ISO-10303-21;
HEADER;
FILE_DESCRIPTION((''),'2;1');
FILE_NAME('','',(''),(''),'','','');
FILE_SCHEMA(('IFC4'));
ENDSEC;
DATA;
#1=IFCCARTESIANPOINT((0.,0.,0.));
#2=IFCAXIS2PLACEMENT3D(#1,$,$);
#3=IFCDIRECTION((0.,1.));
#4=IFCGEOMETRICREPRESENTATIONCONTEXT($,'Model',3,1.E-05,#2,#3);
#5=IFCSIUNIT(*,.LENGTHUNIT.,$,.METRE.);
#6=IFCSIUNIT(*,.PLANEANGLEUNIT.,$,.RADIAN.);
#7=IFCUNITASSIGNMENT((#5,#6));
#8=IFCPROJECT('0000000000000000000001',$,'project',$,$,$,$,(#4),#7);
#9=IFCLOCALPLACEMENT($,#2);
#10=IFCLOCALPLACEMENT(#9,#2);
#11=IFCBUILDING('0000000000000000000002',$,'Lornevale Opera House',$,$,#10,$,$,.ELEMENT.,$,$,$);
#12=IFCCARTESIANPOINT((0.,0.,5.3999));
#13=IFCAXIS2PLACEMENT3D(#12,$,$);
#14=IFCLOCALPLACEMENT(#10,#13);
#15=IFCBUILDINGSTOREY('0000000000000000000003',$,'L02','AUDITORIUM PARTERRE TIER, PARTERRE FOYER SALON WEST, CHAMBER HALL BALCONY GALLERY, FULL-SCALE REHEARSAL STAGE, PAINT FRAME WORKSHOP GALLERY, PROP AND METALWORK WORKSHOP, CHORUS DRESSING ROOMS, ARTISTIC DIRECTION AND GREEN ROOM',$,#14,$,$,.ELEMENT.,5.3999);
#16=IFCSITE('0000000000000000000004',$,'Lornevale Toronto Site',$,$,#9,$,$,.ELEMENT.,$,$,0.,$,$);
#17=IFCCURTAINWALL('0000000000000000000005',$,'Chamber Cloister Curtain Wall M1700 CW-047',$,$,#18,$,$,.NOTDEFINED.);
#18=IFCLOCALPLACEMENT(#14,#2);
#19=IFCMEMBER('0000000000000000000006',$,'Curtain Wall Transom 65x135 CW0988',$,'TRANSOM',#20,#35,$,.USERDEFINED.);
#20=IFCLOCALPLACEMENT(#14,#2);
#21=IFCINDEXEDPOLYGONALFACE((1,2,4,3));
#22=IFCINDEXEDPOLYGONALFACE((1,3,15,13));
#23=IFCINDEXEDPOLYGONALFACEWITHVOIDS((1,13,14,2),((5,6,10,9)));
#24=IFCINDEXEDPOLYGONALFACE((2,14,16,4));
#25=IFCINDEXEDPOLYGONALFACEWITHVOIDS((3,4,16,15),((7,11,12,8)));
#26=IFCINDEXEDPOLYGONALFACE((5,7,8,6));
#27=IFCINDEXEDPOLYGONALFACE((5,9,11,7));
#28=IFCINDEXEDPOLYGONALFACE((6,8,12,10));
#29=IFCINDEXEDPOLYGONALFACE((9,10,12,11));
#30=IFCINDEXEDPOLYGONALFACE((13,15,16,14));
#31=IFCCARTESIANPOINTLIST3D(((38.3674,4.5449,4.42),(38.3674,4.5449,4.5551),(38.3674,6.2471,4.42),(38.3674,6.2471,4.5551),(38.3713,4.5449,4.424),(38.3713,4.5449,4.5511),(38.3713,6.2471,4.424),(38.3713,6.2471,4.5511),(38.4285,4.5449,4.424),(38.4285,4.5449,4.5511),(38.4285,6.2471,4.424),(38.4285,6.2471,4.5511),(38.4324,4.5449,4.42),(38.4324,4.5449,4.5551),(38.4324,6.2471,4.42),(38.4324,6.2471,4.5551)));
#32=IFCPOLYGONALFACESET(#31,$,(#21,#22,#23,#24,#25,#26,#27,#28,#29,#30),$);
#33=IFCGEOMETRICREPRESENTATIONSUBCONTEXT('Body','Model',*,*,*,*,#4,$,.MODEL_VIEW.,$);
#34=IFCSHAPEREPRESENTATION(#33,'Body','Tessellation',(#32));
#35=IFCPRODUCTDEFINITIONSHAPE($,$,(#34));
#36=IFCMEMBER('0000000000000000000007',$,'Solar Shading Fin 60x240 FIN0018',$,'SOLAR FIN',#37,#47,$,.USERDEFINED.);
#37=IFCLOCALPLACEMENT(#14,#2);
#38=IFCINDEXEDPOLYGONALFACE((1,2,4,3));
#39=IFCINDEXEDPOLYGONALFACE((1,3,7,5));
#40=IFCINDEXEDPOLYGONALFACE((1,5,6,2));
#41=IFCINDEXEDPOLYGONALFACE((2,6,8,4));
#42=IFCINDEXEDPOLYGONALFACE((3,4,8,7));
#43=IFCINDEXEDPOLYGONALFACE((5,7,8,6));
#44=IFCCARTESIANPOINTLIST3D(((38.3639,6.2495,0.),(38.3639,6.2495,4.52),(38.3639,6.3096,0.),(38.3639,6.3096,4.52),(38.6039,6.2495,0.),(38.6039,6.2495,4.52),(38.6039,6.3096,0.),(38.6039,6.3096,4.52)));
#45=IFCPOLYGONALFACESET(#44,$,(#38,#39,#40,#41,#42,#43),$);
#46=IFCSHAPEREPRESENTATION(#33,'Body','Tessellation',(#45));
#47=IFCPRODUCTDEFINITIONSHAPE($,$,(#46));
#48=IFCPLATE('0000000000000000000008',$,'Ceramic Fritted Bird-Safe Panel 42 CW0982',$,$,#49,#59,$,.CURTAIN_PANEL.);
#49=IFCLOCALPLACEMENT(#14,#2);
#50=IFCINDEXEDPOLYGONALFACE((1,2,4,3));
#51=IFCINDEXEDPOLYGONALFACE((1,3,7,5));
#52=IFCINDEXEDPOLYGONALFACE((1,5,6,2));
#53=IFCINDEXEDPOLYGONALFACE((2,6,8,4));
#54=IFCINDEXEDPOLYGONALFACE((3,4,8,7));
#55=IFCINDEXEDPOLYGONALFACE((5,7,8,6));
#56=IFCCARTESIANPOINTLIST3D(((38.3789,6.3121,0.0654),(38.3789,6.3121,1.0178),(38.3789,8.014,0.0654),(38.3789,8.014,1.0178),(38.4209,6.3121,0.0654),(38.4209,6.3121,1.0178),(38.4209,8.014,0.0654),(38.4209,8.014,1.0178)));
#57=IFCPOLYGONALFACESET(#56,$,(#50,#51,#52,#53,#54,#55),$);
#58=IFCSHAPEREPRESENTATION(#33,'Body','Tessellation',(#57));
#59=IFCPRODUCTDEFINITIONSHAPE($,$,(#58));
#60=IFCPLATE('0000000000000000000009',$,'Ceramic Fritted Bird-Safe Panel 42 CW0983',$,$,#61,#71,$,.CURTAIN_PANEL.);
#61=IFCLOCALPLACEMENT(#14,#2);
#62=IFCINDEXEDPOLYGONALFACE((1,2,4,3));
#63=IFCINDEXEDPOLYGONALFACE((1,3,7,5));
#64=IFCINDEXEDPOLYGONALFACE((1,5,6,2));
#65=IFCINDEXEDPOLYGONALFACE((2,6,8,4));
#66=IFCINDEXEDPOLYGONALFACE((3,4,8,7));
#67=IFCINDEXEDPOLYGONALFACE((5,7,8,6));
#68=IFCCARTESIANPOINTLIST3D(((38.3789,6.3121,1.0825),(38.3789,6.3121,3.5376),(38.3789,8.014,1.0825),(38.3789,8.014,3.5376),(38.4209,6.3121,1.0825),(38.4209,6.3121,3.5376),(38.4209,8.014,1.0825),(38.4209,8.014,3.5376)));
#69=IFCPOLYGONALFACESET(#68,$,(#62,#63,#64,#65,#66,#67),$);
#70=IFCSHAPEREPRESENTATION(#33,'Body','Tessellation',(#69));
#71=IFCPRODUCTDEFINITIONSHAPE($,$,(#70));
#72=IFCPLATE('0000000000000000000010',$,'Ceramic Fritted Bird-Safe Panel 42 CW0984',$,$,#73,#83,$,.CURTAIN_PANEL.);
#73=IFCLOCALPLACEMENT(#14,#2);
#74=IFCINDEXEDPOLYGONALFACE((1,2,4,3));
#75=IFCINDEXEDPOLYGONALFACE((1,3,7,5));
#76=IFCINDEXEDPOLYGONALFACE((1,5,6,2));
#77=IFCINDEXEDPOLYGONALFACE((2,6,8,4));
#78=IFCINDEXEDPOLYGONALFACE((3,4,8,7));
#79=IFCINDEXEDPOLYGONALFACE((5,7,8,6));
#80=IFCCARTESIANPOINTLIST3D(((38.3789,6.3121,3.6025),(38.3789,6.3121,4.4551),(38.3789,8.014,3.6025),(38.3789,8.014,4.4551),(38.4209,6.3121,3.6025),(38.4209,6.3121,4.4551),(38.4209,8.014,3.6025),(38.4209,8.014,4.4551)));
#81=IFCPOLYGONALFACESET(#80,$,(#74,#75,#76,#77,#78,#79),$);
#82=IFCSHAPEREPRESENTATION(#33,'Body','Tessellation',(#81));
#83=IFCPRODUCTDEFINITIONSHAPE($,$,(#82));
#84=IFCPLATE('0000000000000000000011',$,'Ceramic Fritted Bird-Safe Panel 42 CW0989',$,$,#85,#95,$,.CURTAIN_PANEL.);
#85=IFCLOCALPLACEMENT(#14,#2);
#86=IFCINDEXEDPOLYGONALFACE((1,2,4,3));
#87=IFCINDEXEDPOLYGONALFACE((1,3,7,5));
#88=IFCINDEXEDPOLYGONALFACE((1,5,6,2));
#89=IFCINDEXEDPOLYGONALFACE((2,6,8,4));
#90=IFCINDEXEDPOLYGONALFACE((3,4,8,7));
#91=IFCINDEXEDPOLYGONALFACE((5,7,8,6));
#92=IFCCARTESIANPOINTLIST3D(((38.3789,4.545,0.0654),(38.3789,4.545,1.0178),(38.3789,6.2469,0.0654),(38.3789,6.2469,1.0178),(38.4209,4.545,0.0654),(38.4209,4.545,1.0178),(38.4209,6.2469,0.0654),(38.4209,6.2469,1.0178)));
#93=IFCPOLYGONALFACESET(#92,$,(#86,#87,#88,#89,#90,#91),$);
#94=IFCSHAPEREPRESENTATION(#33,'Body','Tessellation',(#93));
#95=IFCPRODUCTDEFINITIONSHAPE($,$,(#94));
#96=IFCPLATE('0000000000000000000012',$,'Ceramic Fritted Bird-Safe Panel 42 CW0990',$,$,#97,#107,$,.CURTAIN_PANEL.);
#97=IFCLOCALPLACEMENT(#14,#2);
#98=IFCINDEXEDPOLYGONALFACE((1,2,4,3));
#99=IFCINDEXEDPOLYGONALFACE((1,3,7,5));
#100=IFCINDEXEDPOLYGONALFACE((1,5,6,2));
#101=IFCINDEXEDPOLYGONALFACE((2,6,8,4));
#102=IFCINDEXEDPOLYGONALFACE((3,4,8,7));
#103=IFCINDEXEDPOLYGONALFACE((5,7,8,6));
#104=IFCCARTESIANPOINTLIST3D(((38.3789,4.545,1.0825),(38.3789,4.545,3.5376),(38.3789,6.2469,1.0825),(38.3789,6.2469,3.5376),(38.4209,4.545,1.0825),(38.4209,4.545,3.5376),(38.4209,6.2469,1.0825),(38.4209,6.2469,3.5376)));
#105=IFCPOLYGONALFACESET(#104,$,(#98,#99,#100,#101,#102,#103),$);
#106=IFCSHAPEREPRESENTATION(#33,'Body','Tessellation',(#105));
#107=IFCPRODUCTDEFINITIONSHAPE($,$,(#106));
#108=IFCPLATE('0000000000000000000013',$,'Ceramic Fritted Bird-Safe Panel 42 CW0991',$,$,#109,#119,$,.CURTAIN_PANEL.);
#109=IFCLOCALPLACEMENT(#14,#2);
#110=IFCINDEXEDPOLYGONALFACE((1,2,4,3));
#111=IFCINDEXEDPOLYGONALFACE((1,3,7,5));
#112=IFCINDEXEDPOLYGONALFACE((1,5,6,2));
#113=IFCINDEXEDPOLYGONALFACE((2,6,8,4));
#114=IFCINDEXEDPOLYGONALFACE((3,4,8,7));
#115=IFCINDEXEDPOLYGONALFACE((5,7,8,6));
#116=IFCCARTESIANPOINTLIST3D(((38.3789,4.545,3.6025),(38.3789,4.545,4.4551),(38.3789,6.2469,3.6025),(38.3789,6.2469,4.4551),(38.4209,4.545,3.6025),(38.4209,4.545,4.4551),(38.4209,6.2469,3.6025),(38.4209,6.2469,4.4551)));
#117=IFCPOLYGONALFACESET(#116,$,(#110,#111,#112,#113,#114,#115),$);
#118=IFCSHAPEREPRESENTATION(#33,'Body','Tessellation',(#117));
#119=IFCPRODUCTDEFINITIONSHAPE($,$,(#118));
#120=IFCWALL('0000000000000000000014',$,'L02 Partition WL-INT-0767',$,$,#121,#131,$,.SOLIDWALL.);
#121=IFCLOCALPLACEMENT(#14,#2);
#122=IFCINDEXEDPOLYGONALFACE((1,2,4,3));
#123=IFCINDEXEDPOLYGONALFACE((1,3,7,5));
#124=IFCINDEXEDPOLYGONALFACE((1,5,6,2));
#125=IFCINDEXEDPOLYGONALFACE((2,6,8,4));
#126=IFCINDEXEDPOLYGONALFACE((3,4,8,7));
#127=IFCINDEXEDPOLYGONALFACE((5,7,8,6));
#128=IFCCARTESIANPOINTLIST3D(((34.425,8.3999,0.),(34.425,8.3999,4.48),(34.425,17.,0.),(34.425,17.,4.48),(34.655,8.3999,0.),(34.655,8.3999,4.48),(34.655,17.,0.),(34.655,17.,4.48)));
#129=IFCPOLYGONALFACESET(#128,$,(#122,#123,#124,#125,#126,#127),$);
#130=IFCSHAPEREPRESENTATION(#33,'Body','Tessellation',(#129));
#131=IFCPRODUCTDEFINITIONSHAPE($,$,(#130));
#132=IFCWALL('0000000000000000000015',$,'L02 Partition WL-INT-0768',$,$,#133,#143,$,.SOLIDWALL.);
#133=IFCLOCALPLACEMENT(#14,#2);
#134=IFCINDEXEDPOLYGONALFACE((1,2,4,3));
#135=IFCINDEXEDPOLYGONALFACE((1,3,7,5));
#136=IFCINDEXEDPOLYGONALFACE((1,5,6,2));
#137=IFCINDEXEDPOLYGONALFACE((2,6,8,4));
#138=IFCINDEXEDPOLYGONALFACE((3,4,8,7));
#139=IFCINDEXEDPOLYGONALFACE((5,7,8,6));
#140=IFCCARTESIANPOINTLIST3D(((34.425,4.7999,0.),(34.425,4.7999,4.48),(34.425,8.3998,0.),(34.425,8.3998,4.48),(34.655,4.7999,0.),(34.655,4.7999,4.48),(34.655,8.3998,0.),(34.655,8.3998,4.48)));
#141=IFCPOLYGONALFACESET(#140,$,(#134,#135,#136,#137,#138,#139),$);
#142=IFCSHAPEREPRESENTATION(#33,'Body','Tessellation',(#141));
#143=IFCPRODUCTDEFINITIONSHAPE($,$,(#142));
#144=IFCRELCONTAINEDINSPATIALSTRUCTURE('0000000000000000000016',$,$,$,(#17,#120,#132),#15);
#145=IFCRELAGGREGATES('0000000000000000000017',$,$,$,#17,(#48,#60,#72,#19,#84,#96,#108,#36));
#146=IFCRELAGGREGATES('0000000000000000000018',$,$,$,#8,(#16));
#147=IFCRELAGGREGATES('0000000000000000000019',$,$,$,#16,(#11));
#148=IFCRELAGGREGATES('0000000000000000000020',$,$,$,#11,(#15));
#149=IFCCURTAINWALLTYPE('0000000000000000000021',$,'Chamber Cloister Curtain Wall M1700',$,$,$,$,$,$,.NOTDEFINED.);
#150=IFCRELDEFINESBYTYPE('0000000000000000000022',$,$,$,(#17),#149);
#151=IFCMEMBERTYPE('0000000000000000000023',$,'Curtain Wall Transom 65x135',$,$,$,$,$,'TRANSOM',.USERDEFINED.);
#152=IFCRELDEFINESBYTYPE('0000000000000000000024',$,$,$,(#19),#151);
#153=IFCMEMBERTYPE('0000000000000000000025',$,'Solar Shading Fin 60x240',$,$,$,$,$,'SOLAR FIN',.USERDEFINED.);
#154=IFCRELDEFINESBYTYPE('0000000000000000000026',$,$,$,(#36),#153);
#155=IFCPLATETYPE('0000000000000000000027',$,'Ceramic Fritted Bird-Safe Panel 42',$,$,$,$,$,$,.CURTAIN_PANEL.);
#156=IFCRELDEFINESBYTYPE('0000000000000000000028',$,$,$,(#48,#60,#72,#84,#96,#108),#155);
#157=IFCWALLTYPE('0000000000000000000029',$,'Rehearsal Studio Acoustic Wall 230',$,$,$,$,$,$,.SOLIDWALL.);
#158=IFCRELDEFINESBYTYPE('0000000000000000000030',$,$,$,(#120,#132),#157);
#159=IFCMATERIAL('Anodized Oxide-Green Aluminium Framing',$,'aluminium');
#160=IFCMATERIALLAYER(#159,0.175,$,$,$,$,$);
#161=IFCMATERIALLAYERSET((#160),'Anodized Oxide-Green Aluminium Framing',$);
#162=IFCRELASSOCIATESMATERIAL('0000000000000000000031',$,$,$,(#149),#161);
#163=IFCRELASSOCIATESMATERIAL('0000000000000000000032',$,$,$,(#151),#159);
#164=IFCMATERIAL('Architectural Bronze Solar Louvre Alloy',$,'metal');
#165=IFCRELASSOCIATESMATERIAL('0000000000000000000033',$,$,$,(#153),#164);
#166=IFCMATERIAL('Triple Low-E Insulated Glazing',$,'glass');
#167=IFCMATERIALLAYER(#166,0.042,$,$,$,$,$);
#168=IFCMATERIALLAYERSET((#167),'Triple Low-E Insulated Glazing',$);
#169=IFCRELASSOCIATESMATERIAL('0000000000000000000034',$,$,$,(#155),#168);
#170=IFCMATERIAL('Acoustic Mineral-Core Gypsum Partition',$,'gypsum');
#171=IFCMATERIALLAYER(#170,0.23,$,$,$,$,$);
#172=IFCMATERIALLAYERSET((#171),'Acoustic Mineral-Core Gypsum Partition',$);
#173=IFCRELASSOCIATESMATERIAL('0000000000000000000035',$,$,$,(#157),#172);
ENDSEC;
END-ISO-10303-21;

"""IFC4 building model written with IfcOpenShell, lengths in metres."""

from ifc_helpers import new_model, si_unit, direction, frame, frame_2d, origin, origin_2d, place, context, subcontext, project, spatial, rectangle, hollow_rectangle, extrude, material, layer, layer_set, material_profile, profile_set, type_object, element, aggregate, save


model = new_model("IFC4")

# Units and contexts
model_context = context("Model", 3, precision=1e-05, world=origin(), true_north=direction((0.0, 1.0)))
body_context = subcontext(model_context, "Body", "Model", "MODEL_VIEW")
ifc_project = project(units=[si_unit("LENGTHUNIT", "METRE"), si_unit("PLANEANGLEUNIT", "RADIAN")], contexts=[model_context])

# Site, building, storey
site_placement = place(None, origin())
site = spatial("IfcSite", under=ifc_project, at=site_placement, Name="Lornevale Toronto Site", CompositionType="ELEMENT", RefElevation=0.0)
building_placement = place(site_placement, origin())
building = spatial("IfcBuilding", under=site, at=building_placement, Name="Lornevale Opera House", CompositionType="ELEMENT")
storey_placement = place(building_placement, frame((0.0, 0.0, 5.3999)))
storey = spatial("IfcBuildingStorey", under=building, at=storey_placement, Name="L02", Description="AUDITORIUM PARTERRE TIER, PARTERRE FOYER SALON WEST, CHAMBER HALL BALCONY GALLERY, FULL-SCALE REHEARSAL STAGE, PAINT FRAME WORKSHOP GALLERY, PROP AND METALWORK WORKSHOP, CHORUS DRESSING ROOMS, ARTISTIC DIRECTION AND GREEN ROOM", CompositionType="ELEMENT", Elevation=5.3999)

# Curtain wall, members, plates
ifc_material_1 = material(Name="Anodized Oxide-Green Aluminium Framing", Category="aluminium")
ifc_layer_1 = layer(ifc_material_1, 0.175)
ifc_layer_set_1 = layer_set([ifc_layer_1], Name="Anodized Oxide-Green Aluminium Framing")
curtain_wall_type = type_object("IfcCurtainWallType", Name="Chamber Cloister Curtain Wall M1700", PredefinedType="NOTDEFINED", material=ifc_layer_set_1)
curtain_wall_placement = place(storey_placement, origin())
curtain_wall = element("IfcCurtainWall", 1, at=curtain_wall_placement, inside=storey, type_object=curtain_wall_type, Name="Chamber Cloister Curtain Wall M1700 CW-047", PredefinedType="NOTDEFINED")
ifc_material_profile_1 = material_profile(ifc_material_1, hollow_rectangle(XDim=0.0649, YDim=0.135, WallThickness=0.0039, at=origin_2d()), Name="ALU65x135x4")
ifc_profile_set_1 = profile_set([ifc_material_profile_1], Name="Anodized Oxide-Green Aluminium Framing")
member_type_1 = type_object("IfcMemberType", Name="Curtain Wall Transom 65x135", ElementType="TRANSOM", PredefinedType="USERDEFINED", material=ifc_profile_set_1)
member_1_placement = place(storey_placement, frame((38.3999, 6.2471, 4.4875), z_axis=(0.0, -1.0, 0.0), x_axis=(1.0, 0.0, 0.0)))
member_1 = element("IfcMember", 2, at=member_1_placement, type_object=member_type_1, Name="Curtain Wall Transom 65x135 CW0988", ObjectType="TRANSOM", PredefinedType="USERDEFINED", context=body_context, shape_type="SweptSolid", body=[
    extrude(hollow_rectangle(XDim=0.0649, YDim=0.135, WallThickness=0.0039, at=origin_2d()), origin(), (0.0, 0.0, 1.0), 1.7021),
])
ifc_material_2 = material(Name="Architectural Bronze Solar Louvre Alloy", Category="metal")
ifc_material_profile_2 = material_profile(ifc_material_2, rectangle(XDim=0.0601, YDim=0.24, at=origin_2d()), Name="FIN60x240")
ifc_profile_set_2 = profile_set([ifc_material_profile_2], Name="Architectural Bronze Solar Louvre Alloy")
member_type_2 = type_object("IfcMemberType", Name="Solar Shading Fin 60x240", ElementType="SOLAR FIN", PredefinedType="USERDEFINED", material=ifc_profile_set_2)
member_2_placement = place(storey_placement, frame((38.4839, 6.2795, 0.0), z_axis=(0.0, 0.0, 1.0), x_axis=(0.0, -1.0, 0.0)))
member_2 = element("IfcMember", 3, at=member_2_placement, type_object=member_type_2, Name="Solar Shading Fin 60x240 FIN0018", ObjectType="SOLAR FIN", PredefinedType="USERDEFINED", context=body_context, shape_type="SweptSolid", body=[
    extrude(rectangle(XDim=0.0601, YDim=0.24, at=origin_2d()), origin(), (0.0, 0.0, 1.0), 4.52),
])
ifc_material_3 = material(Name="Triple Low-E Insulated Glazing", Category="glass")
ifc_layer_2 = layer(ifc_material_3, 0.042)
ifc_layer_set_2 = layer_set([ifc_layer_2], Name="Triple Low-E Insulated Glazing")
plate_type = type_object("IfcPlateType", Name="Ceramic Fritted Bird-Safe Panel 42", PredefinedType="CURTAIN_PANEL", material=ifc_layer_set_2)
plate_1_placement = place(storey_placement, frame((38.3999, 7.1631, 0.0654), z_axis=(0.0, 0.0, 1.0), x_axis=(0.0, -1.0, 0.0)))
plate_1 = element("IfcPlate", 4, at=plate_1_placement, type_object=plate_type, Name="Ceramic Fritted Bird-Safe Panel 42 CW0982", PredefinedType="CURTAIN_PANEL", context=body_context, shape_type="SweptSolid", body=[
    extrude(rectangle(XDim=1.7019, YDim=0.042, at=origin_2d()), origin(), (0.0, 0.0, 1.0), 0.9524),
])
plate_2_placement = place(storey_placement, frame((38.3999, 7.1631, 1.0825), z_axis=(0.0, 0.0, 1.0), x_axis=(0.0, -1.0, 0.0)))
plate_2 = element("IfcPlate", 5, at=plate_2_placement, type_object=plate_type, Name="Ceramic Fritted Bird-Safe Panel 42 CW0983", PredefinedType="CURTAIN_PANEL", context=body_context, shape_type="SweptSolid", body=[
    extrude(rectangle(XDim=1.7019, YDim=0.042, at=origin_2d()), origin(), (0.0, 0.0, 1.0), 2.4551),
])
plate_3_placement = place(storey_placement, frame((38.3999, 7.1631, 3.6025), z_axis=(0.0, 0.0, 1.0), x_axis=(0.0, -1.0, 0.0)))
plate_3 = element("IfcPlate", 6, at=plate_3_placement, type_object=plate_type, Name="Ceramic Fritted Bird-Safe Panel 42 CW0984", PredefinedType="CURTAIN_PANEL", context=body_context, shape_type="SweptSolid", body=[
    extrude(rectangle(XDim=1.7019, YDim=0.042, at=origin_2d()), origin(), (0.0, 0.0, 1.0), 0.8525),
])
plate_4_placement = place(storey_placement, frame((38.3999, 5.396, 0.0654), z_axis=(0.0, 0.0, 1.0), x_axis=(0.0, -1.0, 0.0)))
plate_4 = element("IfcPlate", 7, at=plate_4_placement, type_object=plate_type, Name="Ceramic Fritted Bird-Safe Panel 42 CW0989", PredefinedType="CURTAIN_PANEL", context=body_context, shape_type="SweptSolid", body=[
    extrude(rectangle(XDim=1.7019, YDim=0.042, at=origin_2d()), origin(), (0.0, 0.0, 1.0), 0.9524),
])
plate_5_placement = place(storey_placement, frame((38.3999, 5.396, 1.0825), z_axis=(0.0, 0.0, 1.0), x_axis=(0.0, -1.0, 0.0)))
plate_5 = element("IfcPlate", 8, at=plate_5_placement, type_object=plate_type, Name="Ceramic Fritted Bird-Safe Panel 42 CW0990", PredefinedType="CURTAIN_PANEL", context=body_context, shape_type="SweptSolid", body=[
    extrude(rectangle(XDim=1.7019, YDim=0.042, at=origin_2d()), origin(), (0.0, 0.0, 1.0), 2.4551),
])
plate_6_placement = place(storey_placement, frame((38.3999, 5.396, 3.6025), z_axis=(0.0, 0.0, 1.0), x_axis=(0.0, -1.0, 0.0)))
plate_6 = element("IfcPlate", 9, at=plate_6_placement, type_object=plate_type, Name="Ceramic Fritted Bird-Safe Panel 42 CW0991", PredefinedType="CURTAIN_PANEL", context=body_context, shape_type="SweptSolid", body=[
    extrude(rectangle(XDim=1.7019, YDim=0.042, at=origin_2d()), origin(), (0.0, 0.0, 1.0), 0.8525),
])
aggregate(curtain_wall, [plate_1, plate_2, plate_3, member_1, plate_4, plate_5, plate_6, member_2])

# Walls
ifc_material_4 = material(Name="Acoustic Mineral-Core Gypsum Partition", Category="gypsum")
ifc_layer_3 = layer(ifc_material_4, 0.23)
ifc_layer_set_3 = layer_set([ifc_layer_3], Name="Acoustic Mineral-Core Gypsum Partition")
wall_type = type_object("IfcWallType", Name="Rehearsal Studio Acoustic Wall 230", PredefinedType="SOLIDWALL", material=ifc_layer_set_3)
wall_1_placement = place(storey_placement, frame((34.54, 8.3999, 0.0), z_axis=(0.0, 0.0, 1.0), x_axis=(0.0, 1.0, 0.0)))
element("IfcWall", 10, at=wall_1_placement, inside=storey, type_object=wall_type, Name="L02 Partition WL-INT-0767", PredefinedType="SOLIDWALL", context=body_context, shape_type="SweptSolid", body=[
    extrude(rectangle(XDim=8.6001, YDim=0.23, at=frame_2d((4.3, 0.0))), origin(), (0.0, 0.0, 1.0), 4.48),
])
wall_2_placement = place(storey_placement, frame((34.54, 4.8, 0.0), z_axis=(0.0, 0.0, 1.0), x_axis=(0.0, 1.0, 0.0)))
element("IfcWall", 11, at=wall_2_placement, inside=storey, type_object=wall_type, Name="L02 Partition WL-INT-0768", PredefinedType="SOLIDWALL", context=body_context, shape_type="SweptSolid", body=[
    extrude(rectangle(XDim=3.5999, YDim=0.23, at=frame_2d((1.7998, 0.0))), origin(), (0.0, 0.0, 1.0), 4.48),
])

save(model, "model.ifc")
